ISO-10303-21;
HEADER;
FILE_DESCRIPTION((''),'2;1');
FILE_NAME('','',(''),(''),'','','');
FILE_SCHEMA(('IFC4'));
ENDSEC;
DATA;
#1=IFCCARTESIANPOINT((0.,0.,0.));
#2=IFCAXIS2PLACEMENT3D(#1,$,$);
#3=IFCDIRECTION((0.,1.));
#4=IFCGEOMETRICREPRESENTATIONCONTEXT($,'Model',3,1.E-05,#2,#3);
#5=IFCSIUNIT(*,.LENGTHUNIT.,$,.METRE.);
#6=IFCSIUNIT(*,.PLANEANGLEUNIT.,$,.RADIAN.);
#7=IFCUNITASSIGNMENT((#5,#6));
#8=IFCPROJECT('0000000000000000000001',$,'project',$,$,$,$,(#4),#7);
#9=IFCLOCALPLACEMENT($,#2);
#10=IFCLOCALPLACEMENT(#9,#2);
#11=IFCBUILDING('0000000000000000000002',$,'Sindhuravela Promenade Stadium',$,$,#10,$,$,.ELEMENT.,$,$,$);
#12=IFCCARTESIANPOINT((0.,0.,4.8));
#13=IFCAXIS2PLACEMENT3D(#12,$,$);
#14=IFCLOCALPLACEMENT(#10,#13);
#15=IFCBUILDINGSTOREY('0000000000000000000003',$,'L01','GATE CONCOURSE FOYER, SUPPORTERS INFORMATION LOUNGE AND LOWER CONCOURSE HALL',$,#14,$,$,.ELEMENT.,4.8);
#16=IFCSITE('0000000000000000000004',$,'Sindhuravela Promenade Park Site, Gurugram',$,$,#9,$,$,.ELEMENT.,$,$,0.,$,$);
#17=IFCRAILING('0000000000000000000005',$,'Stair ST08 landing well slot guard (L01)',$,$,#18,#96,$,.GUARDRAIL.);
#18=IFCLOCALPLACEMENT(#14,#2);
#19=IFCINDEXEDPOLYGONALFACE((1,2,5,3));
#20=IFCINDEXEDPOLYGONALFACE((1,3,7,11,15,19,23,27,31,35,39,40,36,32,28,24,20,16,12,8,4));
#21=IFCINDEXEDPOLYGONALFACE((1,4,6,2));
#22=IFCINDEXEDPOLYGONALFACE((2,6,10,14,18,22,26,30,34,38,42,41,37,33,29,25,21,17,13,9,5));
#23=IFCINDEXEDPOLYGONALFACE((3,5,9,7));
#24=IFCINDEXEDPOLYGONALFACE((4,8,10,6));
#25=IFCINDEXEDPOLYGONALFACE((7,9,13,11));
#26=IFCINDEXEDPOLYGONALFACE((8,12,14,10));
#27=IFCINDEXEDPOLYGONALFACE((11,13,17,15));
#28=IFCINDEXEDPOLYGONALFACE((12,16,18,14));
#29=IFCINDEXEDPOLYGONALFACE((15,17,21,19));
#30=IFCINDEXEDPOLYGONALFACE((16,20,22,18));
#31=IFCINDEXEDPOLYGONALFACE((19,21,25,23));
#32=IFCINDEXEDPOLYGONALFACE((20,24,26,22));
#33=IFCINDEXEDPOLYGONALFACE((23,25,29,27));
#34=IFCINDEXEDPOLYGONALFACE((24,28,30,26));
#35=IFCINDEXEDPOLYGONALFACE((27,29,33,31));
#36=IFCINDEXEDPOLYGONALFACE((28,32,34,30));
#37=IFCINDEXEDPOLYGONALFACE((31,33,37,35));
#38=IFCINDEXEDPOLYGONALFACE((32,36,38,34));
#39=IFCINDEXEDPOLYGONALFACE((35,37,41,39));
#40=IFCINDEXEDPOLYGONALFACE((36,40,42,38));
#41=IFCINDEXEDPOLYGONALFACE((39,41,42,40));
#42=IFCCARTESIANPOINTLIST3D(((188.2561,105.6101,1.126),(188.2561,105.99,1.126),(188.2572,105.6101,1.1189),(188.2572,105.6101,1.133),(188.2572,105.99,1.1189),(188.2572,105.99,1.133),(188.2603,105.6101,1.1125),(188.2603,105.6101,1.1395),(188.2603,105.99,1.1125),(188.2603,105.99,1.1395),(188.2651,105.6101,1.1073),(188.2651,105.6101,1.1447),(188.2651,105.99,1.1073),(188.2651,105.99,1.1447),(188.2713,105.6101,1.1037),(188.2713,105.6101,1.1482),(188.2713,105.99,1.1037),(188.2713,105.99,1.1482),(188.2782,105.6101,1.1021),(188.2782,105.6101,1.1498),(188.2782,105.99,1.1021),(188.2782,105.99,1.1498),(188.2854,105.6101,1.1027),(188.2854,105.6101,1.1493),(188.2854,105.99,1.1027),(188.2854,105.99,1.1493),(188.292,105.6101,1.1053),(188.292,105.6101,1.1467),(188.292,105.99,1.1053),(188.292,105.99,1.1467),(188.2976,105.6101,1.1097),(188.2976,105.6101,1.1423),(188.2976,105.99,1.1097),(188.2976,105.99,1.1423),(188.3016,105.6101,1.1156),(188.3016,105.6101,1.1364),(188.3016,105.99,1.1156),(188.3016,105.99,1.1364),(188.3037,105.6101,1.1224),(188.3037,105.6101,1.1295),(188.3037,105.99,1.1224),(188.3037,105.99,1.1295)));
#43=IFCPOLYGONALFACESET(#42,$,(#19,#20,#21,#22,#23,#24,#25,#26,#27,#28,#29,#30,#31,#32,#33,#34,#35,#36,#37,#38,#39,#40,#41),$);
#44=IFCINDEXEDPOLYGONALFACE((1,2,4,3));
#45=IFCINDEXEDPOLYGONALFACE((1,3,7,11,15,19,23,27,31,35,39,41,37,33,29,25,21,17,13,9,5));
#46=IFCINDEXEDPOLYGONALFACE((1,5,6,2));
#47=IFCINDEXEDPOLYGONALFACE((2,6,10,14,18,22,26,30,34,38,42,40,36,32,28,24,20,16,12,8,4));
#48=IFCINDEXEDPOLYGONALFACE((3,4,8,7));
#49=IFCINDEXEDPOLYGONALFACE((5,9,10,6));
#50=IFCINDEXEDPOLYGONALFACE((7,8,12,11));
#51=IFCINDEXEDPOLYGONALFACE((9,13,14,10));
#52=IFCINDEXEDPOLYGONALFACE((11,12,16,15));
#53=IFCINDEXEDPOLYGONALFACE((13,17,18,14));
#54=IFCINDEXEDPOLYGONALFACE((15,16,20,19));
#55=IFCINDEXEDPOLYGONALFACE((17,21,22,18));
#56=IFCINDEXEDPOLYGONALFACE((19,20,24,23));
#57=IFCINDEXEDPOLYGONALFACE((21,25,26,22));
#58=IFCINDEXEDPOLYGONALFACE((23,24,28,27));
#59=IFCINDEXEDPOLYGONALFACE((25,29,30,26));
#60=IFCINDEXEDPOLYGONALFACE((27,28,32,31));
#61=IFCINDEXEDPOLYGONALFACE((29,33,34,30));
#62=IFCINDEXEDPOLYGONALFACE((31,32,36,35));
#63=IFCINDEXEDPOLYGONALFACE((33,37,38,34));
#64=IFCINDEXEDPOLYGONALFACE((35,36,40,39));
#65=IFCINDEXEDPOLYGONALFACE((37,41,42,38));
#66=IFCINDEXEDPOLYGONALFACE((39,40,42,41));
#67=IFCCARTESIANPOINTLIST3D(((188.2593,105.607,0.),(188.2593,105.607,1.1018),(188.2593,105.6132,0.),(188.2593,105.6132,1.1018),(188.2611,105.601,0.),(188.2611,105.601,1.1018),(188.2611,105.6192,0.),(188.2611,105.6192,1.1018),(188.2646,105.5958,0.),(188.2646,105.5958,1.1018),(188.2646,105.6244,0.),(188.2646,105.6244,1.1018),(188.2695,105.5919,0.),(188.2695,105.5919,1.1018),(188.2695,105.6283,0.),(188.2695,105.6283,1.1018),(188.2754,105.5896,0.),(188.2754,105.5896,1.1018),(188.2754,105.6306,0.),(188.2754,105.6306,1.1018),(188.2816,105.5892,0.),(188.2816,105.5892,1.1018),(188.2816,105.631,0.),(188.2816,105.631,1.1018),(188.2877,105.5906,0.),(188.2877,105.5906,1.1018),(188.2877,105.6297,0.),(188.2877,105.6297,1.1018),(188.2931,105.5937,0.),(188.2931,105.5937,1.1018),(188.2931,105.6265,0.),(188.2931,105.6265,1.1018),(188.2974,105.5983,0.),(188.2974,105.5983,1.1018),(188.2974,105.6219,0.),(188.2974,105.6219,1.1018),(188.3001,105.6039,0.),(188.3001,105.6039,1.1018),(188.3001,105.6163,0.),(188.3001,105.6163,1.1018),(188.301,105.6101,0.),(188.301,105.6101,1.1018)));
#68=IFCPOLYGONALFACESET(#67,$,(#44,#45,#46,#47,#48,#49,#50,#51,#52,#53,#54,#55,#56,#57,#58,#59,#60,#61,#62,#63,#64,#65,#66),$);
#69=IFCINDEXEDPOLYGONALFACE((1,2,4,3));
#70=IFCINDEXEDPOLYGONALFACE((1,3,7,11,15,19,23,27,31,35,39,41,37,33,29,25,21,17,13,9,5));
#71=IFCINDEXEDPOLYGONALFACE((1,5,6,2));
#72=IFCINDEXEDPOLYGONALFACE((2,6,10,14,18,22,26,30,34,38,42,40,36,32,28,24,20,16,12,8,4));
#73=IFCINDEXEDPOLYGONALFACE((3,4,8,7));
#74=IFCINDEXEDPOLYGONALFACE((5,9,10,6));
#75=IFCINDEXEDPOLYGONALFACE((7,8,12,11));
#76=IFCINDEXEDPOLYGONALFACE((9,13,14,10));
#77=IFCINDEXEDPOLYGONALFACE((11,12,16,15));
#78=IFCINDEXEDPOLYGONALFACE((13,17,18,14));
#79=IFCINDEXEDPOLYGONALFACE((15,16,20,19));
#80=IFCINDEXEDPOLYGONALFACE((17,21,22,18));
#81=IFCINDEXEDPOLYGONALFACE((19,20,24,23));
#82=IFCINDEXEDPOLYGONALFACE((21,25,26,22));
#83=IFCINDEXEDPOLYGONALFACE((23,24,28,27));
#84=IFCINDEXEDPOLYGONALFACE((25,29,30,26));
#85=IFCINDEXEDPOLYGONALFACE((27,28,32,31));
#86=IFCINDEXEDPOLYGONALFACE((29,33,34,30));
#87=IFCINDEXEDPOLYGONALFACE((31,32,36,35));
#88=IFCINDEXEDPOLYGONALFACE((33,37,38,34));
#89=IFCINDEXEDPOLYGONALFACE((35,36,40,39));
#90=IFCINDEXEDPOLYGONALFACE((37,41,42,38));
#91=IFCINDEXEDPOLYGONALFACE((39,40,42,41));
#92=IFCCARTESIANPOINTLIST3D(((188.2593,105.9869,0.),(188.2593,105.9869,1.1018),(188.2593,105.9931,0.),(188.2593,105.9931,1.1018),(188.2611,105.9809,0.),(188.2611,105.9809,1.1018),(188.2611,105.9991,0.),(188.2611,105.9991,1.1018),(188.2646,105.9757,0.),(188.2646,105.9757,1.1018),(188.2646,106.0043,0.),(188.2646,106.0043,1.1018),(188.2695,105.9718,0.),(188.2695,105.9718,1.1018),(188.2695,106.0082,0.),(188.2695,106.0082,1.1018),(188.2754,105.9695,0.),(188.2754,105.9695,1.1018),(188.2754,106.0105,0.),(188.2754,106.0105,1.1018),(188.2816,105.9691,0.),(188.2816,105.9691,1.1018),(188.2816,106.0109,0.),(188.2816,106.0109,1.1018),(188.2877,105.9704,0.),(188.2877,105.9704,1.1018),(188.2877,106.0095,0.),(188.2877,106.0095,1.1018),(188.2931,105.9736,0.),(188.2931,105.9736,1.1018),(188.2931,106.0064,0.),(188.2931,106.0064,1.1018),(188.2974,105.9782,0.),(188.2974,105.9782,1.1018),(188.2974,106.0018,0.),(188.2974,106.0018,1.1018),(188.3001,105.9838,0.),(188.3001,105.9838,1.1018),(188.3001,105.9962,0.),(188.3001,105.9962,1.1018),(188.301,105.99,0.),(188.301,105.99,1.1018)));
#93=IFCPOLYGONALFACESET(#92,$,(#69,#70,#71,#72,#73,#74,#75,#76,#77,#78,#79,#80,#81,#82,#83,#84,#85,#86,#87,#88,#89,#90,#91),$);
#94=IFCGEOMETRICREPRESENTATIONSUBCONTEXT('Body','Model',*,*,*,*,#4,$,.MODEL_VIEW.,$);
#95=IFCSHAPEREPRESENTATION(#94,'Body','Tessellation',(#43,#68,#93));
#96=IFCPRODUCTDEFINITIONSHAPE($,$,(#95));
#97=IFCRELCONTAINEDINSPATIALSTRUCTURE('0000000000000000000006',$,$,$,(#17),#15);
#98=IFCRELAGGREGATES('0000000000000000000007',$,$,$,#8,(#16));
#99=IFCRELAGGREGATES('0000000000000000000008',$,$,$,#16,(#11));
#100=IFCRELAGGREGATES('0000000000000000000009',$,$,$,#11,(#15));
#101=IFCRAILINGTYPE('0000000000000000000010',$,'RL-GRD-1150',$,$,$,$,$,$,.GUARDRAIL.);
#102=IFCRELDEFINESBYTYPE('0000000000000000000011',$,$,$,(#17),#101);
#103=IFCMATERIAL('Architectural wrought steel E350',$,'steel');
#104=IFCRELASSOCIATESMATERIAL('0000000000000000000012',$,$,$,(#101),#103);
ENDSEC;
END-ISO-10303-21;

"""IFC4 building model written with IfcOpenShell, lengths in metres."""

from ifc_helpers import new_model, si_unit, direction, frame, origin, origin_2d, place, context, subcontext, project, spatial, circle, extrude, material, type_object, element, save


model = new_model("IFC4")

# Units and contexts
model_context = context("Model", 3, precision=1e-05, world=origin(), true_north=direction((0.0, 1.0)))
body_context = subcontext(model_context, "Body", "Model", "MODEL_VIEW")
ifc_project = project(units=[si_unit("LENGTHUNIT", "METRE"), si_unit("PLANEANGLEUNIT", "RADIAN")], contexts=[model_context])

# Site, building, storey
site_placement = place(None, origin())
site = spatial("IfcSite", under=ifc_project, at=site_placement, Name="Sindhuravela Promenade Park Site, Gurugram", CompositionType="ELEMENT", RefElevation=0.0)
building_placement = place(site_placement, origin())
building = spatial("IfcBuilding", under=site, at=building_placement, Name="Sindhuravela Promenade Stadium", CompositionType="ELEMENT")
storey_placement = place(building_placement, frame((0.0, 0.0, 4.8)))
storey = spatial("IfcBuildingStorey", under=building, at=storey_placement, Name="L01", Description="GATE CONCOURSE FOYER, SUPPORTERS INFORMATION LOUNGE AND LOWER CONCOURSE HALL", CompositionType="ELEMENT", Elevation=4.8)

# Railing
ifc_material_1 = material(Name="Architectural wrought steel E350", Category="steel")
railing_type_1 = type_object("IfcRailingType", Name="RL-GRD-1150", PredefinedType="GUARDRAIL", material=ifc_material_1)
railing_1_placement = place(storey_placement, frame((188.28, 105.6101, 0.0)))
element("IfcRailing", 1, at=railing_1_placement, inside=storey, type_object=railing_type_1, Name="Stair ST08 landing well slot guard (L01)", PredefinedType="GUARDRAIL", context=body_context, shape_type="SweptSolid", body=[
    extrude(circle(Radius=0.0239, at=origin_2d()), frame((0.0, 0.0, 1.126), z_axis=(0.0, 1.0, 0.0), x_axis=(-1.0, 0.0, 0.0)), (0.0, 0.0, 1.0), 0.3799),
    extrude(circle(Radius=0.021, at=origin_2d()), origin(), (0.0, 0.0, 1.0), 1.1018),
    extrude(circle(Radius=0.021, at=origin_2d()), frame((0.0, 0.3799, 0.0)), (0.0, 0.0, 1.0), 1.1018),
])

save(model, "model.ifc")
